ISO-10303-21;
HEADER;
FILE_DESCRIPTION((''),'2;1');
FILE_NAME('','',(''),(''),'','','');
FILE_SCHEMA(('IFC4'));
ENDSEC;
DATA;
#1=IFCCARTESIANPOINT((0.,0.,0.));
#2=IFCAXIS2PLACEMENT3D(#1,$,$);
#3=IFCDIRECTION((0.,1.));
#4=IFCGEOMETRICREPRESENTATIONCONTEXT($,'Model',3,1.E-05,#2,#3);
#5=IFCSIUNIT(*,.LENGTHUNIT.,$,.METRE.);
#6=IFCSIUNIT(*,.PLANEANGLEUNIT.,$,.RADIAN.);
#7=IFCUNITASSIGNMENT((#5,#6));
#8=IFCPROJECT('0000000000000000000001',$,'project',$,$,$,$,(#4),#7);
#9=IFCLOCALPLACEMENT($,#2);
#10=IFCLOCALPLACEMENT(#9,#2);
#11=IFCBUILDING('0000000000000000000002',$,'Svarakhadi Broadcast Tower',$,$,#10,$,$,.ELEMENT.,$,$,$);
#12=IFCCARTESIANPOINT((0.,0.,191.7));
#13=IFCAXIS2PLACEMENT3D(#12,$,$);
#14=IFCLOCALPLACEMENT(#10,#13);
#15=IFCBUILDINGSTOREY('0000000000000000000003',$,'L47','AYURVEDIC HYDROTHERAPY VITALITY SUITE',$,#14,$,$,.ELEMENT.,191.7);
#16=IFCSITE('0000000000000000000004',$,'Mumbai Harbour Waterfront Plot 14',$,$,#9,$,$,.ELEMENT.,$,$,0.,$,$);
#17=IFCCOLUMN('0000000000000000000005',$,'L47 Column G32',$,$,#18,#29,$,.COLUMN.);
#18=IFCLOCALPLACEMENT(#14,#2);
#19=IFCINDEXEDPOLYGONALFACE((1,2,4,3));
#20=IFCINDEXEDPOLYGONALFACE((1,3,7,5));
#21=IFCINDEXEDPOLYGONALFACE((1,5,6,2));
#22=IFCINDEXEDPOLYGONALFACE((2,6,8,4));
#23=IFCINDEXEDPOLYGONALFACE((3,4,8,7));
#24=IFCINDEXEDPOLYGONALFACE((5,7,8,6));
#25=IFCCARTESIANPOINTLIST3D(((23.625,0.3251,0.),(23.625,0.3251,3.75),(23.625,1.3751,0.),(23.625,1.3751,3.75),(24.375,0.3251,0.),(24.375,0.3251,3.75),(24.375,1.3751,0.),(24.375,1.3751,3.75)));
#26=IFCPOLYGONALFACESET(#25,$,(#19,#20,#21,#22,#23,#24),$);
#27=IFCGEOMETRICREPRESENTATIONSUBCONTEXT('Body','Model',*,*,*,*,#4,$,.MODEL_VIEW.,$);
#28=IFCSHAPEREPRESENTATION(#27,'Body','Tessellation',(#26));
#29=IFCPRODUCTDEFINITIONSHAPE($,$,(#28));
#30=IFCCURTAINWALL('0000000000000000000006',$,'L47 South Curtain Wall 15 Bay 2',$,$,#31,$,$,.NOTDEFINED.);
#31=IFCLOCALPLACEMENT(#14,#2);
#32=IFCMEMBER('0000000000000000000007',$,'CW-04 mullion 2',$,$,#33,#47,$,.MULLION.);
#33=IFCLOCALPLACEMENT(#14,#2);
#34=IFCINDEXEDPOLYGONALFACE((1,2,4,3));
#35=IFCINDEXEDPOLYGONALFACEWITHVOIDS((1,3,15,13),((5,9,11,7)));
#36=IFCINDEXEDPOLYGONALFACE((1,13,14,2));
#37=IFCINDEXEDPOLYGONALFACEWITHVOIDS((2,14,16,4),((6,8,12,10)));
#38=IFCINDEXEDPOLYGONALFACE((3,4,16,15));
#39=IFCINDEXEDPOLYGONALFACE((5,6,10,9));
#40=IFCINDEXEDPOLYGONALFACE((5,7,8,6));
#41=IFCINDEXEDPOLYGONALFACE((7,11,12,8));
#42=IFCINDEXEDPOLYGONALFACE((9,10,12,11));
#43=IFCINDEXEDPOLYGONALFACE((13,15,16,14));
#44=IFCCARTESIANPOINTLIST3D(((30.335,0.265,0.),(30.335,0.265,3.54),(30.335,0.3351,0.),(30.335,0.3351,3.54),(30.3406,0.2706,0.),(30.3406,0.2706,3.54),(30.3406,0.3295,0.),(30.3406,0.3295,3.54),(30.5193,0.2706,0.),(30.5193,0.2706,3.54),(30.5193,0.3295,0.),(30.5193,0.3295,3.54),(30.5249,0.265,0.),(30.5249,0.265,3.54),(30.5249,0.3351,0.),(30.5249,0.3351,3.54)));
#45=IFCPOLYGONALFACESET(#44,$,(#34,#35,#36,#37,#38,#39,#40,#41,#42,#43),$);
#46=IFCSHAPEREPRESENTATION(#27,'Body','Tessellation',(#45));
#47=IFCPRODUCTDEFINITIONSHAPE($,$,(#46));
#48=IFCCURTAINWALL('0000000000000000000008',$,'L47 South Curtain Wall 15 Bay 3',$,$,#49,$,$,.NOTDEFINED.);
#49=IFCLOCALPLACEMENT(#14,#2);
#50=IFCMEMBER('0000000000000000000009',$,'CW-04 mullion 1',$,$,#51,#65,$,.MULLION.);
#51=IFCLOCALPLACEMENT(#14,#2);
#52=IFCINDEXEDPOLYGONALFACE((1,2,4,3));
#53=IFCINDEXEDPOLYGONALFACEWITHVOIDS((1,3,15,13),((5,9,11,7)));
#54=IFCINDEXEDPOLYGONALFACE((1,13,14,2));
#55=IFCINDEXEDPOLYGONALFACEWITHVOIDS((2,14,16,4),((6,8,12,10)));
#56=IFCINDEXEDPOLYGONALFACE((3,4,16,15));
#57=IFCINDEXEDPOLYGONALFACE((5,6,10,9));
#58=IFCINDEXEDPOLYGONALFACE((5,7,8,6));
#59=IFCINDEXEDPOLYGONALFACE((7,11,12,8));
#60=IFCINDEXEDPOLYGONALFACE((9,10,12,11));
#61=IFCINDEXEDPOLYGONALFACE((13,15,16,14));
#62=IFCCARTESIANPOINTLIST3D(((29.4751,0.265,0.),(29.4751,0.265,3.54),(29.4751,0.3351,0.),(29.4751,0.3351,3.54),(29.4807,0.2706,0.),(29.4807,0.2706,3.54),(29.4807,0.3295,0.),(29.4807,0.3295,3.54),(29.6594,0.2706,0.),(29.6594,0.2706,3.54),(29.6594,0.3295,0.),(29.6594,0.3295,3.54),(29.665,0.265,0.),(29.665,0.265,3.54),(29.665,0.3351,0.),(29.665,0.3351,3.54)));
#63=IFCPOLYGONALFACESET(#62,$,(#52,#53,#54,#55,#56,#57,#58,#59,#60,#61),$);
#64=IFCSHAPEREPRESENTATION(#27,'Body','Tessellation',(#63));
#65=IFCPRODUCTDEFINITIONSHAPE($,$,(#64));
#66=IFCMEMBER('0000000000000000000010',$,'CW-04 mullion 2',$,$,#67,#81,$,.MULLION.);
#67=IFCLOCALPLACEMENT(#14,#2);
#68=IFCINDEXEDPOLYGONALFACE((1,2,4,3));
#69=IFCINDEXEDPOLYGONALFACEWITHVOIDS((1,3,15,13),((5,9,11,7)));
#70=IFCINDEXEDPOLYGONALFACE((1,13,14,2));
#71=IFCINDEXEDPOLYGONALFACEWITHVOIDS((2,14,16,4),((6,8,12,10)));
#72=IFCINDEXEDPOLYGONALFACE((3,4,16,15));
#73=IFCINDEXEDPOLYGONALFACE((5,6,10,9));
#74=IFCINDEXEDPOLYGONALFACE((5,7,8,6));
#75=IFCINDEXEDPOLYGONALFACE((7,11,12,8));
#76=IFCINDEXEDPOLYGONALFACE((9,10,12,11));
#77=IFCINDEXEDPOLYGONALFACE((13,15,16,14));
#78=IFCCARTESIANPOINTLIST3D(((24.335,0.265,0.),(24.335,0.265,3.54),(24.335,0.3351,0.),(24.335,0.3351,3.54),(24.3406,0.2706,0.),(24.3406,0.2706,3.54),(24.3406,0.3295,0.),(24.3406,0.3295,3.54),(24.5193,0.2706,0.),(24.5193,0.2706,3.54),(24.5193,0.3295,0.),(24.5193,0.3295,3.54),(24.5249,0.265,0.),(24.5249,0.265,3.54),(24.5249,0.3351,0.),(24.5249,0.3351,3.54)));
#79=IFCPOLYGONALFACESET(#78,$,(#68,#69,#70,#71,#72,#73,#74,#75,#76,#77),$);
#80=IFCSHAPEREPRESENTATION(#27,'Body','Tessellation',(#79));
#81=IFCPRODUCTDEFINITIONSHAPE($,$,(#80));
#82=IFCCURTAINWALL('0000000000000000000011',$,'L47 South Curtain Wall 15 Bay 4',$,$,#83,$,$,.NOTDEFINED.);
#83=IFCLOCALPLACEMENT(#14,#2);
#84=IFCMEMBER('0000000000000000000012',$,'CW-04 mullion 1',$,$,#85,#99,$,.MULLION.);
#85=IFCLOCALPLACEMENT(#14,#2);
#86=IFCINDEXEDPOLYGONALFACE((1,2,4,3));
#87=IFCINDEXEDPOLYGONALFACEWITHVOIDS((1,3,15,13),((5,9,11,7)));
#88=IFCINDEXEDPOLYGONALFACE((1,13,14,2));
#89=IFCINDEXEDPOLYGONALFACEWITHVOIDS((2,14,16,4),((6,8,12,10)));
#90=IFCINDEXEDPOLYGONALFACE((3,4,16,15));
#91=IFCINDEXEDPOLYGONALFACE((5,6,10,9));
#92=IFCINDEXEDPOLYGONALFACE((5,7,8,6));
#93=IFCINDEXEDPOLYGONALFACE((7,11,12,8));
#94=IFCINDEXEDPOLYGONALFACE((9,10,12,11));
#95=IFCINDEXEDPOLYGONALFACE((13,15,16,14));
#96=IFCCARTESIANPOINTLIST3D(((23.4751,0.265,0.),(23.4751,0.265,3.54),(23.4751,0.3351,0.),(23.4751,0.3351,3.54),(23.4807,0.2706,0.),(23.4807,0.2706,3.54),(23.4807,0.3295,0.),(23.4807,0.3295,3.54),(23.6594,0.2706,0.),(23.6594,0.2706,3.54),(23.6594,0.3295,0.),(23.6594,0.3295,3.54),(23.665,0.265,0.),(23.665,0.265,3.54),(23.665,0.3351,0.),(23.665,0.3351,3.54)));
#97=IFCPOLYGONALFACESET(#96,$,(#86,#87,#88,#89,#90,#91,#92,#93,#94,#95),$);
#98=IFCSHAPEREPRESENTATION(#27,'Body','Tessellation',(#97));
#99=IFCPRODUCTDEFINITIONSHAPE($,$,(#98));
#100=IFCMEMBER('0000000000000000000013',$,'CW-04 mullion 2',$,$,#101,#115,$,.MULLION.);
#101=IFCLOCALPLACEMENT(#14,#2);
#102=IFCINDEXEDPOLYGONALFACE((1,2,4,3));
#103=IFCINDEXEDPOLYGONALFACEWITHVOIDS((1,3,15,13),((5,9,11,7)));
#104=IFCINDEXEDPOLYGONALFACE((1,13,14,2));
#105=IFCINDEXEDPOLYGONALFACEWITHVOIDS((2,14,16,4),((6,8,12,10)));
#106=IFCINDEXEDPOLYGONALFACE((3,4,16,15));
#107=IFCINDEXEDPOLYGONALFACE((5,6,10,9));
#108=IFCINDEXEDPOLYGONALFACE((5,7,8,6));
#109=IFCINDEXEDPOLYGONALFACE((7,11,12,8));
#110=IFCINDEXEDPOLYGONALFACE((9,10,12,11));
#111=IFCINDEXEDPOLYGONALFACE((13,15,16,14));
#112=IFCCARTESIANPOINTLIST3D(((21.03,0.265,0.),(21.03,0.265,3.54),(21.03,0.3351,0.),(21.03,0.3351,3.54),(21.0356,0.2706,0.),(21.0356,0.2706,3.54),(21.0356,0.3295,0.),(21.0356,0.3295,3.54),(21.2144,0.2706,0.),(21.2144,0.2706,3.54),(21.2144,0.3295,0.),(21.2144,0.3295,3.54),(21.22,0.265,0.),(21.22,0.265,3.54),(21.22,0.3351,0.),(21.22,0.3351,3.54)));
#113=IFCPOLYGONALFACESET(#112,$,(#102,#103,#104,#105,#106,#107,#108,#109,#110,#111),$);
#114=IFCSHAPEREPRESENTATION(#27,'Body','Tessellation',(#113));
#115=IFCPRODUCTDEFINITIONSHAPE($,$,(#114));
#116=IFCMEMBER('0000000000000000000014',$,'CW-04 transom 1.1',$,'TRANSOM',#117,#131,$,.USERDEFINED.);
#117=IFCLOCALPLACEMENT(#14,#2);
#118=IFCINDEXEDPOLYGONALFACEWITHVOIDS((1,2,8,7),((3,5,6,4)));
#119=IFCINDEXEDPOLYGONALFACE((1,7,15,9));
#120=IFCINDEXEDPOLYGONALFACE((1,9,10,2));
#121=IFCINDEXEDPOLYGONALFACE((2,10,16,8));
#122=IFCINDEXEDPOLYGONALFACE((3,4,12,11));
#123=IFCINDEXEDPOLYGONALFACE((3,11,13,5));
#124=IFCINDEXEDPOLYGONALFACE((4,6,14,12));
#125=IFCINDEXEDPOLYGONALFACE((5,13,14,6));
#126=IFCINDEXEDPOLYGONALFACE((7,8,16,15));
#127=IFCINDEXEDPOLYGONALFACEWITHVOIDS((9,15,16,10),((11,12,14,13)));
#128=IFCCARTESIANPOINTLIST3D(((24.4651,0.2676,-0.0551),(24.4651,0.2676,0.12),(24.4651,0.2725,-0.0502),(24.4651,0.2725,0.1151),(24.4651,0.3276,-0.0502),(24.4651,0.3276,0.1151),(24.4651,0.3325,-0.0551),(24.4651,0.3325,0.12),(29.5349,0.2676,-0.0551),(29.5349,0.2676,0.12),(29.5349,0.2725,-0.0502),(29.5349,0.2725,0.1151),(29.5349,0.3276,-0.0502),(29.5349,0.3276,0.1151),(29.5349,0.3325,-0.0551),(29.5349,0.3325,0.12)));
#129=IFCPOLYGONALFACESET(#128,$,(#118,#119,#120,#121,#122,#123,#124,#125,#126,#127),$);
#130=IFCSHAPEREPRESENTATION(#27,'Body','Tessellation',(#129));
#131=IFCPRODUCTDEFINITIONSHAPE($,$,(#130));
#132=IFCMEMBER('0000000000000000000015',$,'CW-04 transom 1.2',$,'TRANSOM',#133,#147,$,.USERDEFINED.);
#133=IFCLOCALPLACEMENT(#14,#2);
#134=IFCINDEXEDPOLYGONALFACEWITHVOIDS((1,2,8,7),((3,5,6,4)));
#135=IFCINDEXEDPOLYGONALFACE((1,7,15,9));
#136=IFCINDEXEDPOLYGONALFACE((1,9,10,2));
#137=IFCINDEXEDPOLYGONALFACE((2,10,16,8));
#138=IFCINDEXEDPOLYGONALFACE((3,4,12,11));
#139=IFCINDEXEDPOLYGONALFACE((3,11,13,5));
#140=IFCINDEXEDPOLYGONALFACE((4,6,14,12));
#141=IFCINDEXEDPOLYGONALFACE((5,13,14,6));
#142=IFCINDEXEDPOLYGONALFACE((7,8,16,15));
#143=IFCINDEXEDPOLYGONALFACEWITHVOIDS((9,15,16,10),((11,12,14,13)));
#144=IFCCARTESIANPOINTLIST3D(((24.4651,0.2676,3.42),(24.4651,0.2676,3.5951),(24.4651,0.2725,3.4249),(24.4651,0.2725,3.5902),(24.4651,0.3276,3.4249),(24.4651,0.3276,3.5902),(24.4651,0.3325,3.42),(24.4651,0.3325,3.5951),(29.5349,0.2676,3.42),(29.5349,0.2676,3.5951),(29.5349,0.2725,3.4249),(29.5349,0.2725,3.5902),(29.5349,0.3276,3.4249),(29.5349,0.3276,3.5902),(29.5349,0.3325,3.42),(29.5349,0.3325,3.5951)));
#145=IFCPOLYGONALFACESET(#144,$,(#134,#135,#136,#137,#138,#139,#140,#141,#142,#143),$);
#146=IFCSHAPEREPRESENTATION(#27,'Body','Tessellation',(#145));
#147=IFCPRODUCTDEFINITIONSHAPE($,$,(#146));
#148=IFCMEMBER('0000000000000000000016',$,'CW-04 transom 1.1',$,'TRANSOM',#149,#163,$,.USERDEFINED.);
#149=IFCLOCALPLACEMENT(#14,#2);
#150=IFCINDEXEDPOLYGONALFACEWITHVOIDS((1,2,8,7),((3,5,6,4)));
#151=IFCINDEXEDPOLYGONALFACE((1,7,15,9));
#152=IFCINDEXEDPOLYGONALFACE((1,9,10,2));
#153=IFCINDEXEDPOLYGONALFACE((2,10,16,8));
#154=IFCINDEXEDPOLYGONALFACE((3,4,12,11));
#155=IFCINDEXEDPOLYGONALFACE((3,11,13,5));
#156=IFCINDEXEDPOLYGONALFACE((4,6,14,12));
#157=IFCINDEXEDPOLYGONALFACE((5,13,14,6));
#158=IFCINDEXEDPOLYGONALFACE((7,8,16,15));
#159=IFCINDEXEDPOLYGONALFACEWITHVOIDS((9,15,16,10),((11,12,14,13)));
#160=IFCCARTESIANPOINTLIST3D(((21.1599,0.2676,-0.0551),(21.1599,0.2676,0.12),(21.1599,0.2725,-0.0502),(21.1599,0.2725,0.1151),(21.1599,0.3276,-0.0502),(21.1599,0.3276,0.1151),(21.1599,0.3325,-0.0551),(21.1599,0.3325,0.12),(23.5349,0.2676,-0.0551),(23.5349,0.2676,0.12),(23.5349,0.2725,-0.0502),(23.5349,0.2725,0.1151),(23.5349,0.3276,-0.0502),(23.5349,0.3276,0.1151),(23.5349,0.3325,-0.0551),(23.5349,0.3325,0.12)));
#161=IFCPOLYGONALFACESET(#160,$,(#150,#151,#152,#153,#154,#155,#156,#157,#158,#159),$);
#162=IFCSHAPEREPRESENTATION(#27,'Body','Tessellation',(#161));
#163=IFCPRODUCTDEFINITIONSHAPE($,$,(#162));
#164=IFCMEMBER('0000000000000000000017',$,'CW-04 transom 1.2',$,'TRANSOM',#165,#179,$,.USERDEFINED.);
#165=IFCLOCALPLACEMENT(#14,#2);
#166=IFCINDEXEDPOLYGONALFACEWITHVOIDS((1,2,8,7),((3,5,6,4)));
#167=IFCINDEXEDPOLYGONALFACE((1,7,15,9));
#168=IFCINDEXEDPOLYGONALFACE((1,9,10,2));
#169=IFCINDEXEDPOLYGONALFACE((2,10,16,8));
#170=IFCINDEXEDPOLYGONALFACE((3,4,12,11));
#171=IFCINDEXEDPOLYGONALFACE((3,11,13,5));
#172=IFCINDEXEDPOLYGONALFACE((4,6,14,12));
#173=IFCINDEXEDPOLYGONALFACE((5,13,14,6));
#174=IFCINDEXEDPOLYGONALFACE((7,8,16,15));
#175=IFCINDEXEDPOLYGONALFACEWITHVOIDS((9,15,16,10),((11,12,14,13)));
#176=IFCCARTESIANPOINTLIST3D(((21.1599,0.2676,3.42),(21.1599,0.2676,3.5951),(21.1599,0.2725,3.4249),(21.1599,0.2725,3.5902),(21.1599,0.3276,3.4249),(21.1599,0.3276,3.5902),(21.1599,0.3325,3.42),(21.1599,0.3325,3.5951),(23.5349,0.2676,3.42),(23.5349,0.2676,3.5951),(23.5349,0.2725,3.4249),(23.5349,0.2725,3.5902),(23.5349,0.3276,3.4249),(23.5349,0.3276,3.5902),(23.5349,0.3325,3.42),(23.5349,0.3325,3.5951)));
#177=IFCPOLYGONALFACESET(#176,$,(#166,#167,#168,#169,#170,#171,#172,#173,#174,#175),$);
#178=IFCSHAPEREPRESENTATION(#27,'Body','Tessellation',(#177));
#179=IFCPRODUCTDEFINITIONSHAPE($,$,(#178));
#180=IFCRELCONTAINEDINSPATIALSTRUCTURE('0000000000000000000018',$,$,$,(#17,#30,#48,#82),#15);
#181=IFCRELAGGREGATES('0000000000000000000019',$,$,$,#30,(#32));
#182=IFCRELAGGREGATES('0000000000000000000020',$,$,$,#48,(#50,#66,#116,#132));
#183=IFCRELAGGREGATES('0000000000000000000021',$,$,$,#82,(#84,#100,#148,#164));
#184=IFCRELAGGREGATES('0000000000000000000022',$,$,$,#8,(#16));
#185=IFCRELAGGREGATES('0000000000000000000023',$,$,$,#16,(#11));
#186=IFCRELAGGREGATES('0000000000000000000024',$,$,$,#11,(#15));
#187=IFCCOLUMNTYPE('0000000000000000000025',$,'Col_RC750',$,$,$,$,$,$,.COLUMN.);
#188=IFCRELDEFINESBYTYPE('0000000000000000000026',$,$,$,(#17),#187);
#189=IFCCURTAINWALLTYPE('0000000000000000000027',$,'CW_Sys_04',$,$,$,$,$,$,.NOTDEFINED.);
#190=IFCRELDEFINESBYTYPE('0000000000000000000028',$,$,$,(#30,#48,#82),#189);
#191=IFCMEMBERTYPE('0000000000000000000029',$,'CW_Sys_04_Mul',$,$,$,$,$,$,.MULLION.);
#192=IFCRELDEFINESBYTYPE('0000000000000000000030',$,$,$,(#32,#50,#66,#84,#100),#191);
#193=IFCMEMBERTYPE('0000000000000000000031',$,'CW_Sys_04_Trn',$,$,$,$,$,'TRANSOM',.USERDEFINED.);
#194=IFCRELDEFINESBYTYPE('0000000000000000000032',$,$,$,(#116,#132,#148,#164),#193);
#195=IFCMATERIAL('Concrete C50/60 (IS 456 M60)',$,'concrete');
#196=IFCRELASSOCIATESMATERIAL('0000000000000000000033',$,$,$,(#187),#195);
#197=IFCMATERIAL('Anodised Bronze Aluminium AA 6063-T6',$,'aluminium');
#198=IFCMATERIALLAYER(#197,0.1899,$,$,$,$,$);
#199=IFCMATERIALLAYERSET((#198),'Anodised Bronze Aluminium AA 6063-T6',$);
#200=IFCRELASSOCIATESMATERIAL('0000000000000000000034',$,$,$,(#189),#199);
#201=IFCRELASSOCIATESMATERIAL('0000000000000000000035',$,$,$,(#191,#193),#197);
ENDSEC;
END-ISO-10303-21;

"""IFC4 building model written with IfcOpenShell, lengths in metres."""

from ifc_helpers import new_model, si_unit, direction, frame, origin, origin_2d, place, context, subcontext, project, spatial, rectangle, hollow_rectangle, extrude, material, layer, layer_set, material_profile, profile_set, type_object, element, aggregate, save


model = new_model("IFC4")

# Units and contexts
model_context = context("Model", 3, precision=1e-05, world=origin(), true_north=direction((0.0, 1.0)))
body_context = subcontext(model_context, "Body", "Model", "MODEL_VIEW")
ifc_project = project(units=[si_unit("LENGTHUNIT", "METRE"), si_unit("PLANEANGLEUNIT", "RADIAN")], contexts=[model_context])

# Site, building, storey
site_placement = place(None, origin())
site = spatial("IfcSite", under=ifc_project, at=site_placement, Name="Mumbai Harbour Waterfront Plot 14", CompositionType="ELEMENT", RefElevation=0.0)
building_placement = place(site_placement, origin())
building = spatial("IfcBuilding", under=site, at=building_placement, Name="Svarakhadi Broadcast Tower", CompositionType="ELEMENT")
storey_placement = place(building_placement, frame((0.0, 0.0, 191.7)))
storey = spatial("IfcBuildingStorey", under=building, at=storey_placement, Name="L47", Description="AYURVEDIC HYDROTHERAPY VITALITY SUITE", CompositionType="ELEMENT", Elevation=191.7)

# Column
ifc_material_1 = material(Name="Concrete C50/60 (IS 456 M60)", Category="concrete")
ifc_material_profile_1 = material_profile(ifc_material_1, rectangle(XDim=0.75, YDim=1.05, at=origin_2d()), Name="RC 750x1050")
ifc_profile_set_1 = profile_set([ifc_material_profile_1], Name="Concrete C50/60 (IS 456 M60)")
column_type = type_object("IfcColumnType", Name="Col_RC750", PredefinedType="COLUMN", material=ifc_profile_set_1)
column_placement = place(storey_placement, frame((24.0, 0.8501, 0.0), z_axis=(0.0, 0.0, 1.0), x_axis=(1.0, 0.0, 0.0)))
element("IfcColumn", 1, at=column_placement, inside=storey, type_object=column_type, Name="L47 Column G32", PredefinedType="COLUMN", context=body_context, shape_type="SweptSolid", body=[
    extrude(rectangle(XDim=0.75, YDim=1.05, at=origin_2d()), origin(), (0.0, 0.0, 1.0), 3.75),
])

# Curtain wall, member
ifc_material_2 = material(Name="Anodised Bronze Aluminium AA 6063-T6", Category="aluminium")
ifc_layer_1 = layer(ifc_material_2, 0.1899)
ifc_layer_set_1 = layer_set([ifc_layer_1], Name="Anodised Bronze Aluminium AA 6063-T6")
curtain_wall_type = type_object("IfcCurtainWallType", Name="CW_Sys_04", PredefinedType="NOTDEFINED", material=ifc_layer_set_1)
curtain_wall_1_placement = place(storey_placement, origin())
curtain_wall_1 = element("IfcCurtainWall", 2, at=curtain_wall_1_placement, inside=storey, type_object=curtain_wall_type, Name="L47 South Curtain Wall 15 Bay 2", PredefinedType="NOTDEFINED")
ifc_material_profile_2 = material_profile(ifc_material_2, hollow_rectangle(XDim=0.0701, YDim=0.1899, WallThickness=0.0056, at=origin_2d()), Name="ALU MULLION 190x70x6")
ifc_profile_set_2 = profile_set([ifc_material_profile_2], Name="Anodised Bronze Aluminium AA 6063-T6")
member_type_1 = type_object("IfcMemberType", Name="CW_Sys_04_Mul", PredefinedType="MULLION", material=ifc_profile_set_2)
member_1_placement = place(storey_placement, frame((30.4299, 0.3, 0.0), z_axis=(0.0, 0.0, 1.0), x_axis=(0.0, -1.0, 0.0)))
member_1 = element("IfcMember", 3, at=member_1_placement, type_object=member_type_1, Name="CW-04 mullion 2", PredefinedType="MULLION", context=body_context, shape_type="SweptSolid", body=[
    extrude(hollow_rectangle(XDim=0.0701, YDim=0.1899, WallThickness=0.0056, at=origin_2d()), origin(), (0.0, 0.0, 1.0), 3.54),
])
aggregate(curtain_wall_1, [member_1])

# Curtain walls, members
curtain_wall_2_placement = place(storey_placement, origin())
curtain_wall_2 = element("IfcCurtainWall", 4, at=curtain_wall_2_placement, inside=storey, type_object=curtain_wall_type, Name="L47 South Curtain Wall 15 Bay 3", PredefinedType="NOTDEFINED")
member_2_placement = place(storey_placement, frame((29.5701, 0.3, 0.0), z_axis=(0.0, 0.0, 1.0), x_axis=(0.0, -1.0, 0.0)))
member_2 = element("IfcMember", 5, at=member_2_placement, type_object=member_type_1, Name="CW-04 mullion 1", PredefinedType="MULLION", context=body_context, shape_type="SweptSolid", body=[
    extrude(hollow_rectangle(XDim=0.0701, YDim=0.1899, WallThickness=0.0056, at=origin_2d()), origin(), (0.0, 0.0, 1.0), 3.54),
])
member_3_placement = place(storey_placement, frame((24.4299, 0.3, 0.0), z_axis=(0.0, 0.0, 1.0), x_axis=(0.0, -1.0, 0.0)))
member_3 = element("IfcMember", 6, at=member_3_placement, type_object=member_type_1, Name="CW-04 mullion 2", PredefinedType="MULLION", context=body_context, shape_type="SweptSolid", body=[
    extrude(hollow_rectangle(XDim=0.0701, YDim=0.1899, WallThickness=0.0056, at=origin_2d()), origin(), (0.0, 0.0, 1.0), 3.54),
])
curtain_wall_3_placement = place(storey_placement, origin())
curtain_wall_3 = element("IfcCurtainWall", 7, at=curtain_wall_3_placement, inside=storey, type_object=curtain_wall_type, Name="L47 South Curtain Wall 15 Bay 4", PredefinedType="NOTDEFINED")
member_4_placement = place(storey_placement, frame((23.5701, 0.3, 0.0), z_axis=(0.0, 0.0, 1.0), x_axis=(0.0, -1.0, 0.0)))
member_4 = element("IfcMember", 8, at=member_4_placement, type_object=member_type_1, Name="CW-04 mullion 1", PredefinedType="MULLION", context=body_context, shape_type="SweptSolid", body=[
    extrude(hollow_rectangle(XDim=0.0701, YDim=0.1899, WallThickness=0.0056, at=origin_2d()), origin(), (0.0, 0.0, 1.0), 3.54),
])
member_5_placement = place(storey_placement, frame((21.125, 0.3, 0.0), z_axis=(0.0, 0.0, 1.0), x_axis=(0.0, -1.0, 0.0)))
member_5 = element("IfcMember", 9, at=member_5_placement, type_object=member_type_1, Name="CW-04 mullion 2", PredefinedType="MULLION", context=body_context, shape_type="SweptSolid", body=[
    extrude(hollow_rectangle(XDim=0.0701, YDim=0.1899, WallThickness=0.0056, at=origin_2d()), origin(), (0.0, 0.0, 1.0), 3.54),
])

# Members
ifc_material_profile_3 = material_profile(ifc_material_2, hollow_rectangle(XDim=0.0649, YDim=0.175, WallThickness=0.0049, at=origin_2d()), Name="ALU TRANSOM 175x65x5")
ifc_profile_set_3 = profile_set([ifc_material_profile_3], Name="Anodised Bronze Aluminium AA 6063-T6")
member_type_2 = type_object("IfcMemberType", Name="CW_Sys_04_Trn", ElementType="TRANSOM", PredefinedType="USERDEFINED", material=ifc_profile_set_3)
member_6_placement = place(storey_placement, frame((29.5349, 0.3, 0.0325), z_axis=(-1.0, 0.0, 0.0), x_axis=(0.0, -1.0, 0.0)))
member_6 = element("IfcMember", 10, at=member_6_placement, type_object=member_type_2, Name="CW-04 transom 1.1", ObjectType="TRANSOM", PredefinedType="USERDEFINED", context=body_context, shape_type="SweptSolid", body=[
    extrude(hollow_rectangle(XDim=0.0649, YDim=0.175, WallThickness=0.0049, at=origin_2d()), origin(), (0.0, 0.0, 1.0), 5.0698),
])
member_7_placement = place(storey_placement, frame((29.5349, 0.3, 3.5076), z_axis=(-1.0, 0.0, 0.0), x_axis=(0.0, -1.0, 0.0)))
member_7 = element("IfcMember", 11, at=member_7_placement, type_object=member_type_2, Name="CW-04 transom 1.2", ObjectType="TRANSOM", PredefinedType="USERDEFINED", context=body_context, shape_type="SweptSolid", body=[
    extrude(hollow_rectangle(XDim=0.0649, YDim=0.175, WallThickness=0.0049, at=origin_2d()), origin(), (0.0, 0.0, 1.0), 5.0698),
])
member_8_placement = place(storey_placement, frame((23.5349, 0.3, 0.0325), z_axis=(-1.0, 0.0, 0.0), x_axis=(0.0, -1.0, 0.0)))
member_8 = element("IfcMember", 12, at=member_8_placement, type_object=member_type_2, Name="CW-04 transom 1.1", ObjectType="TRANSOM", PredefinedType="USERDEFINED", context=body_context, shape_type="SweptSolid", body=[
    extrude(hollow_rectangle(XDim=0.0649, YDim=0.175, WallThickness=0.0049, at=origin_2d()), origin(), (0.0, 0.0, 1.0), 2.375),
])
member_9_placement = place(storey_placement, frame((23.5349, 0.3, 3.5076), z_axis=(-1.0, 0.0, 0.0), x_axis=(0.0, -1.0, 0.0)))
member_9 = element("IfcMember", 13, at=member_9_placement, type_object=member_type_2, Name="CW-04 transom 1.2", ObjectType="TRANSOM", PredefinedType="USERDEFINED", context=body_context, shape_type="SweptSolid", body=[
    extrude(hollow_rectangle(XDim=0.0649, YDim=0.175, WallThickness=0.0049, at=origin_2d()), origin(), (0.0, 0.0, 1.0), 2.375),
])

aggregate(curtain_wall_2, [member_2, member_3, member_6, member_7])
aggregate(curtain_wall_3, [member_4, member_5, member_8, member_9])

save(model, "model.ifc")
